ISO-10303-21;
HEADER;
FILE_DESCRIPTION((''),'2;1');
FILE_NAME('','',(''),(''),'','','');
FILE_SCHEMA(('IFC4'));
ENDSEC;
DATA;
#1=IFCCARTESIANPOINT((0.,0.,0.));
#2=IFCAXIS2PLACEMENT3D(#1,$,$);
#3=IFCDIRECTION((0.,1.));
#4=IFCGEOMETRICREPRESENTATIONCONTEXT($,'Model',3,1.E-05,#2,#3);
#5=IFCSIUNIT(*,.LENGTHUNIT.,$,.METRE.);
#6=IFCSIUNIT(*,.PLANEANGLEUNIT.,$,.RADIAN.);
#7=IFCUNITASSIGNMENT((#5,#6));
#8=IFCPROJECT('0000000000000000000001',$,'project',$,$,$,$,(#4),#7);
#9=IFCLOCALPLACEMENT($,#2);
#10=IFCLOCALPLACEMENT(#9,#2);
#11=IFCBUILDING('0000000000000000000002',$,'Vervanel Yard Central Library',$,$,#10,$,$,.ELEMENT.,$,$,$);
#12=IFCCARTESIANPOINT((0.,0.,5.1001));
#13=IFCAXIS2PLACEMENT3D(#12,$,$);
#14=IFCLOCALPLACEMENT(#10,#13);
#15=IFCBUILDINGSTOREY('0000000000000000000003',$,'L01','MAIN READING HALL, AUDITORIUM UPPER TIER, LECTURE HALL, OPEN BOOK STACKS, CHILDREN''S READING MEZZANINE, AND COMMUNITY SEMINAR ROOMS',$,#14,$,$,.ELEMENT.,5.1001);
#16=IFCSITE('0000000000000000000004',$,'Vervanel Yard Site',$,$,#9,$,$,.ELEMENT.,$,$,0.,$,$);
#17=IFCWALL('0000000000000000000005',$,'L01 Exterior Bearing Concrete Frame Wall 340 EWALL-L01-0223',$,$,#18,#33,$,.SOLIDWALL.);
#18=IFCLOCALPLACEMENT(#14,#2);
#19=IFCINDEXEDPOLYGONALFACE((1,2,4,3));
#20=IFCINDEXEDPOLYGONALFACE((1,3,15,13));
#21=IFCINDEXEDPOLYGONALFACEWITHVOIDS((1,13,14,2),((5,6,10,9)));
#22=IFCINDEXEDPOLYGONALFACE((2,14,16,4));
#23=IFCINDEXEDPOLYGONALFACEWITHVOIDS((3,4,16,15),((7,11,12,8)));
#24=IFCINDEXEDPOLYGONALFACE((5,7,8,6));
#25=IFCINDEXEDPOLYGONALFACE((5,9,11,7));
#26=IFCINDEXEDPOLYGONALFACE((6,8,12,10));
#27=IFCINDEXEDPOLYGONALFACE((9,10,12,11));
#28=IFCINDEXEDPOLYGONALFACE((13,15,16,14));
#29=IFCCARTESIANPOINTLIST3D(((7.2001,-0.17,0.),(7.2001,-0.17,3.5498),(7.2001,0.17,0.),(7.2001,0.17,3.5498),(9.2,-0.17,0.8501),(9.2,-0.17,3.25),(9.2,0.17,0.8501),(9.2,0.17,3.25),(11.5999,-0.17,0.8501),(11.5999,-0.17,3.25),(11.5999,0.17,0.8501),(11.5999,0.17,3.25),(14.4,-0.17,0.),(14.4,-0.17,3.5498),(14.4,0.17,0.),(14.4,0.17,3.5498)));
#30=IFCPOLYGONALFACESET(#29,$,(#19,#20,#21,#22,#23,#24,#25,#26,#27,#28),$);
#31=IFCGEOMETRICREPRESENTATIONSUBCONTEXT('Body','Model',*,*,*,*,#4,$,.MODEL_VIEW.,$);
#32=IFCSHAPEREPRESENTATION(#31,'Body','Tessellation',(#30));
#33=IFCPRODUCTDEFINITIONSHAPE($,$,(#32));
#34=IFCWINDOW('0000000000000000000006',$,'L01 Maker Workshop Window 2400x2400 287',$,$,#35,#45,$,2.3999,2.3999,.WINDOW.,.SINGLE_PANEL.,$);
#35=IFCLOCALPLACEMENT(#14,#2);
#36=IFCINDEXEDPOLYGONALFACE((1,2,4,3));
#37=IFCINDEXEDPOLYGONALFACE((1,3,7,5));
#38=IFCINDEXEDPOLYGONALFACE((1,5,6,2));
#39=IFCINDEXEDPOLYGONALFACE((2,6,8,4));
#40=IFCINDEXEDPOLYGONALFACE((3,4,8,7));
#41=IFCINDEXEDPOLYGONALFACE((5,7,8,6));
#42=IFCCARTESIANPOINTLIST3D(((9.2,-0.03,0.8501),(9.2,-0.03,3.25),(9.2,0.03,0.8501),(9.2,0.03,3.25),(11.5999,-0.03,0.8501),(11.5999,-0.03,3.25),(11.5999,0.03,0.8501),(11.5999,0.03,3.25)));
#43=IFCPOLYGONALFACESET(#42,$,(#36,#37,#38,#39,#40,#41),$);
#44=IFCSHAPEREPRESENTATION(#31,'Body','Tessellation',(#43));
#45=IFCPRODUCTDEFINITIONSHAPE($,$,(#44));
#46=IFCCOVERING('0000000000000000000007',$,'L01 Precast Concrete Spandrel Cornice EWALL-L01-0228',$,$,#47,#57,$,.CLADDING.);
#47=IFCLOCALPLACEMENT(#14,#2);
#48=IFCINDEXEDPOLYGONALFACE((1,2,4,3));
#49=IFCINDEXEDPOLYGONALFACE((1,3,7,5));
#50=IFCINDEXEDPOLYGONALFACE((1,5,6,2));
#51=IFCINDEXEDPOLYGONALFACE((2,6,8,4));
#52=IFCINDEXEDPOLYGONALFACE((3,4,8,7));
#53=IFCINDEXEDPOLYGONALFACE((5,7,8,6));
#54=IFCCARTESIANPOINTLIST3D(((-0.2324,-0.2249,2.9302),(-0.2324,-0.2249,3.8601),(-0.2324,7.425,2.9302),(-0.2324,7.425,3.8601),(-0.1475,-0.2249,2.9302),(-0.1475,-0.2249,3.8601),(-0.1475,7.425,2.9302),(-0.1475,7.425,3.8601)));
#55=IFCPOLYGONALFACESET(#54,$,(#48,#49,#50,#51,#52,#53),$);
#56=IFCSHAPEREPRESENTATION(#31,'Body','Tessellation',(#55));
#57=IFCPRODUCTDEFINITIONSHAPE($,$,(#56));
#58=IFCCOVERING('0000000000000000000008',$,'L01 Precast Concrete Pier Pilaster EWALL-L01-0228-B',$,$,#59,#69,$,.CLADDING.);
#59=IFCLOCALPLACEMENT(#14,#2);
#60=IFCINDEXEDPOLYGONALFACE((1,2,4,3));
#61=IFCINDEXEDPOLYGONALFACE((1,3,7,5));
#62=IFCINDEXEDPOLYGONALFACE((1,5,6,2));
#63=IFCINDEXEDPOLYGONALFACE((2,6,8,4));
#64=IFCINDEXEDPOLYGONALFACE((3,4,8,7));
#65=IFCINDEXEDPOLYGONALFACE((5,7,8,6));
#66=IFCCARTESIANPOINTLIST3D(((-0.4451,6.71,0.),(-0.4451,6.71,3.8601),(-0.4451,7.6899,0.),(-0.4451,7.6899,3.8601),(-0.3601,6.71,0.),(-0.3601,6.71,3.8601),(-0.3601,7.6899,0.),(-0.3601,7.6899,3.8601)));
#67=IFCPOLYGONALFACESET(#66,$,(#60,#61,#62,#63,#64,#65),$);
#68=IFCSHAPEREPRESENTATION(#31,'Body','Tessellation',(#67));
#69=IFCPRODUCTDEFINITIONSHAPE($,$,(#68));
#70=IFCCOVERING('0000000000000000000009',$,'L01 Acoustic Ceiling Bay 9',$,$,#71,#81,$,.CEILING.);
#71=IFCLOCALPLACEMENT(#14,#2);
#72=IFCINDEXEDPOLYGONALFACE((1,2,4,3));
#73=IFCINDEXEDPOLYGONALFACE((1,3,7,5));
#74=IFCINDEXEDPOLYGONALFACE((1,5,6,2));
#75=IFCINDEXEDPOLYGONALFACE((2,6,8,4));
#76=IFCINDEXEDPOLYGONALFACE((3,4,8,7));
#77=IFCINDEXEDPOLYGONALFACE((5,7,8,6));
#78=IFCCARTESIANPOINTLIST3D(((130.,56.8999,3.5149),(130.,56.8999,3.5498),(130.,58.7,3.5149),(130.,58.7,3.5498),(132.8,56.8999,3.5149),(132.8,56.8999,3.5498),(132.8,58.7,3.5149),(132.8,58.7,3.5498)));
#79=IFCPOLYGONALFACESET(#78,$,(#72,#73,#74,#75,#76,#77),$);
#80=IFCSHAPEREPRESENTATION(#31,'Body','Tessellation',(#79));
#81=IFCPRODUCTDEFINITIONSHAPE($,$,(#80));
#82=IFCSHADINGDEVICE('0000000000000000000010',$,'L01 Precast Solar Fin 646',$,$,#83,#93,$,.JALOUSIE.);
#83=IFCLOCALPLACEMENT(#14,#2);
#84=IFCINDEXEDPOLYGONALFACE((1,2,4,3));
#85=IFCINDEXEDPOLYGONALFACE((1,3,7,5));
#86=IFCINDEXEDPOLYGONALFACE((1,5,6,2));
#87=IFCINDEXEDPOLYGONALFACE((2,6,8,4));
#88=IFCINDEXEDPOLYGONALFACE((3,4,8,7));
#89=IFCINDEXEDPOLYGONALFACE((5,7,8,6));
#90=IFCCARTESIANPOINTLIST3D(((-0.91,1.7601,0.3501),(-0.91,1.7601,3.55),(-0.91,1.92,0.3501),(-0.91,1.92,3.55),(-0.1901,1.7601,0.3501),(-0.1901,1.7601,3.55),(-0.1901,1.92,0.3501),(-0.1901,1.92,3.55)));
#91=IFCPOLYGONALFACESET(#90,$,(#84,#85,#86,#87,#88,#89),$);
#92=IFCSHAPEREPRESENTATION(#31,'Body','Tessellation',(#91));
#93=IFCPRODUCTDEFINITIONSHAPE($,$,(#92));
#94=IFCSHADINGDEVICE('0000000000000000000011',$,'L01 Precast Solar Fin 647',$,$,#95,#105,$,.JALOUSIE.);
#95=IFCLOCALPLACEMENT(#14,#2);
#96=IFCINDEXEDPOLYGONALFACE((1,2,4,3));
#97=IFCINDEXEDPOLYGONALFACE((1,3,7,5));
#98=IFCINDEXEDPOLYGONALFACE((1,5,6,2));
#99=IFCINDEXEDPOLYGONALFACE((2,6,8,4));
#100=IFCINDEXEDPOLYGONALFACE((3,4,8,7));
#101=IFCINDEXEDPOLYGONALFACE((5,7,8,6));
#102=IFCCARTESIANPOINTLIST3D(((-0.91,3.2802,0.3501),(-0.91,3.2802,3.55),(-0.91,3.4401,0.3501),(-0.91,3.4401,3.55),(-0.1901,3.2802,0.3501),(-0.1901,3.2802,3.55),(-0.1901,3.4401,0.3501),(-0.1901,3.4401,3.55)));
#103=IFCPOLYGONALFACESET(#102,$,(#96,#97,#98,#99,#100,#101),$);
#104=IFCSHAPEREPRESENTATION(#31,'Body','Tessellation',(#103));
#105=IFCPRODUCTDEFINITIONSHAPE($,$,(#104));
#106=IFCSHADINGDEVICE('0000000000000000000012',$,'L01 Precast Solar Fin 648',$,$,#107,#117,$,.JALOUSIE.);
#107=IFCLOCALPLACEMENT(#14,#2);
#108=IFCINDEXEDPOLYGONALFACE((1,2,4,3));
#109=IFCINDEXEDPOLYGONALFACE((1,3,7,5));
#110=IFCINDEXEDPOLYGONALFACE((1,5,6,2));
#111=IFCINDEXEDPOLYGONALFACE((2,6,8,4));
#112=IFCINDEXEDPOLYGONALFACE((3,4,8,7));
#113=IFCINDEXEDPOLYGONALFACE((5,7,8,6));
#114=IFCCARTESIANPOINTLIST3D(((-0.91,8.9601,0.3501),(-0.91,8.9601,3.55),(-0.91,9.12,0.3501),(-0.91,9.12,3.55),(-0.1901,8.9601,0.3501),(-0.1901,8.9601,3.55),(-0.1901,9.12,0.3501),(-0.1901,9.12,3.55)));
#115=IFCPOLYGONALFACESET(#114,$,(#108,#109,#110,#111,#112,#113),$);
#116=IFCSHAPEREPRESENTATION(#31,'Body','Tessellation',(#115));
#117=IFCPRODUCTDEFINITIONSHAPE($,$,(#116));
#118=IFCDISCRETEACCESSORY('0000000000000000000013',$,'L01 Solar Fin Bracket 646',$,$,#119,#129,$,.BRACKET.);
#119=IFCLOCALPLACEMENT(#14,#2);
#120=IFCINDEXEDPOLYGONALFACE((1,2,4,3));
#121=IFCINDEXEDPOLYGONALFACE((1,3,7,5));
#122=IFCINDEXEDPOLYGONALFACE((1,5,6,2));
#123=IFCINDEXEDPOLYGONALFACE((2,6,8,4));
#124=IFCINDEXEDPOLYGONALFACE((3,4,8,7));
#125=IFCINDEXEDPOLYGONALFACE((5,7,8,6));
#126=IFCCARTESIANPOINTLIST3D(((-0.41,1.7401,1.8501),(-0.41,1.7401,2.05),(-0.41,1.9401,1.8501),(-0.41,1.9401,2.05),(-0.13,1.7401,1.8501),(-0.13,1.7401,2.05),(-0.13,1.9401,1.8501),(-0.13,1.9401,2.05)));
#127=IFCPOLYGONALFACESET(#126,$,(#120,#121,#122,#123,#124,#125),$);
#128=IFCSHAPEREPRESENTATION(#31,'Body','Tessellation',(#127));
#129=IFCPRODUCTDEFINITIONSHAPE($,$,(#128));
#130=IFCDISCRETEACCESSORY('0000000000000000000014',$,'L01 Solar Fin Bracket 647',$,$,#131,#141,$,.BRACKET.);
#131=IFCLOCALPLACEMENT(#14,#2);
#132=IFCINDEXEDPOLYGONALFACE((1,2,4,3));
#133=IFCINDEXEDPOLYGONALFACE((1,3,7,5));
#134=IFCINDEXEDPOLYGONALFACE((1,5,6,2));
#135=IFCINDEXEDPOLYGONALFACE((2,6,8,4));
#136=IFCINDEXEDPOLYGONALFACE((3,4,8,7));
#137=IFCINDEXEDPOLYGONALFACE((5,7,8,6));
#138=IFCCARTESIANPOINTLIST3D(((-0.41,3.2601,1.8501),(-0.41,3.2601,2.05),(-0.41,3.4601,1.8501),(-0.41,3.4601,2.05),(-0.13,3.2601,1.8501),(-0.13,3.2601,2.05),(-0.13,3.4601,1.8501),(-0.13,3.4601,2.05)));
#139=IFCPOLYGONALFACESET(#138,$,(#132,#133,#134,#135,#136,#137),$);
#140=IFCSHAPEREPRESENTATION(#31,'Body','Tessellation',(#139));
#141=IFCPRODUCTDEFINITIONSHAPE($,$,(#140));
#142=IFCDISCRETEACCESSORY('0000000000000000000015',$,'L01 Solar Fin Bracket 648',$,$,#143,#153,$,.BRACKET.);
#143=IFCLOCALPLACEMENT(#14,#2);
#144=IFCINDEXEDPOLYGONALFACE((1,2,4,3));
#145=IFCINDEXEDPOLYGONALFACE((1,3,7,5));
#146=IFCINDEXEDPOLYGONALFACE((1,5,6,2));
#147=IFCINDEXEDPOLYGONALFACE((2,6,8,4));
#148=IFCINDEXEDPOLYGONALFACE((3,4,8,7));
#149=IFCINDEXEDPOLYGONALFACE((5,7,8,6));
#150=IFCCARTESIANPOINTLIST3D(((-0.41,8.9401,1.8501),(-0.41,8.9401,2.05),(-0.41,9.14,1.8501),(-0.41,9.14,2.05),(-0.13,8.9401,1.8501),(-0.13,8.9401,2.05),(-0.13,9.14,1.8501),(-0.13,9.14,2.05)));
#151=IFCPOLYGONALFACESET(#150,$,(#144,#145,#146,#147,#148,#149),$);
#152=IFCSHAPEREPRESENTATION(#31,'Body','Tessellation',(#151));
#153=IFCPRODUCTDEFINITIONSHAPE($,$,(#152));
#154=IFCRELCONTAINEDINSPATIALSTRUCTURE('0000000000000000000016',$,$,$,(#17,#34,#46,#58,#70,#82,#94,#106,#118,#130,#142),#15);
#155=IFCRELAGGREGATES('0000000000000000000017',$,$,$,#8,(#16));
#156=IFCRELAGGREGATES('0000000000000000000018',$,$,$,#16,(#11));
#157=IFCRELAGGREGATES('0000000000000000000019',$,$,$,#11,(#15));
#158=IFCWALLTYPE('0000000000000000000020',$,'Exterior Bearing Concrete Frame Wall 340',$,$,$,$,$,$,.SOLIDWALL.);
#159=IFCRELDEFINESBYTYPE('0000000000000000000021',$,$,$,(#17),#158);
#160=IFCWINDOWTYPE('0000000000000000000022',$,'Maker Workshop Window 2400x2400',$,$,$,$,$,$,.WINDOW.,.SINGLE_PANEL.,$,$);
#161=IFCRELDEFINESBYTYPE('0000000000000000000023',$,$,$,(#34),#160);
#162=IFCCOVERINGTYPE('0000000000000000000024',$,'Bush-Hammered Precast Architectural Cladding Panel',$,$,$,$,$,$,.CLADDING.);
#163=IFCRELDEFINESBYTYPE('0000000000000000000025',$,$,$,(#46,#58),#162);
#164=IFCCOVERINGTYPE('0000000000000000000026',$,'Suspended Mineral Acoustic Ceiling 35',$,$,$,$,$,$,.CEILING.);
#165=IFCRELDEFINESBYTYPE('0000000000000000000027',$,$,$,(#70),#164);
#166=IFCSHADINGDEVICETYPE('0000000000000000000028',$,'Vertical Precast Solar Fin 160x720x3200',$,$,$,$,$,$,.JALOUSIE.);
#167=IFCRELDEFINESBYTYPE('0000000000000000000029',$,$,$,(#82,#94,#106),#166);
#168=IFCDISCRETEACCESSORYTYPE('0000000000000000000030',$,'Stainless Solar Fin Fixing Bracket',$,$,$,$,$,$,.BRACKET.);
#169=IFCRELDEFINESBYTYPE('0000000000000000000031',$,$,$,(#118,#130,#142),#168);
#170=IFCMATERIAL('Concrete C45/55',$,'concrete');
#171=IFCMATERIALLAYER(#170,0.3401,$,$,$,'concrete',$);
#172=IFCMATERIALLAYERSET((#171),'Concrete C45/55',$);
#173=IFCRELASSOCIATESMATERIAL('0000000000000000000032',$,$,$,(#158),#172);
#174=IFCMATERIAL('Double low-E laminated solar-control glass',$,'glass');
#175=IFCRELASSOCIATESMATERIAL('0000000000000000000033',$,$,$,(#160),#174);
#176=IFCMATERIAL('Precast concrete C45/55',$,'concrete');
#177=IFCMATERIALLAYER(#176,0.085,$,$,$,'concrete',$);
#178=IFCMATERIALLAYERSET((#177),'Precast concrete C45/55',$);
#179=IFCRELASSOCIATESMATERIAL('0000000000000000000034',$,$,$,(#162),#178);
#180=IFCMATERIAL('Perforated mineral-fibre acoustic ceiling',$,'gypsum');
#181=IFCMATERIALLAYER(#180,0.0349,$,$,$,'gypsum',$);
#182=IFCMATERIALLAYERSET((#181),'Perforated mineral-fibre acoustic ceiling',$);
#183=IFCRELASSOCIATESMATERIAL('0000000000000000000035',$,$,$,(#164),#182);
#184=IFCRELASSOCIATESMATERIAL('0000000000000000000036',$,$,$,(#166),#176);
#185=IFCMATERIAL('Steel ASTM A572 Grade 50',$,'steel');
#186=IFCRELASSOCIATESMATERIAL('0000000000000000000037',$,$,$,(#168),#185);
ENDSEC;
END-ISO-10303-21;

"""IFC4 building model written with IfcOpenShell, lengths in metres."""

from ifc_helpers import new_model, si_unit, direction, frame, frame_2d, origin, origin_2d, place, context, subcontext, project, spatial, polyline, rectangle, outline, extrude, material, layer, layer_set, type_object, element, fill, save


model = new_model("IFC4")

# Units and contexts
model_context = context("Model", 3, precision=1e-05, world=origin(), true_north=direction((0.0, 1.0)))
body_context = subcontext(model_context, "Body", "Model", "MODEL_VIEW")
ifc_project = project(units=[si_unit("LENGTHUNIT", "METRE"), si_unit("PLANEANGLEUNIT", "RADIAN")], contexts=[model_context])

# Site, building, storey
site_placement = place(None, origin())
site = spatial("IfcSite", under=ifc_project, at=site_placement, Name="Vervanel Yard Site", CompositionType="ELEMENT", RefElevation=0.0)
building_placement = place(site_placement, origin())
building = spatial("IfcBuilding", under=site, at=building_placement, Name="Vervanel Yard Central Library", CompositionType="ELEMENT")
storey_placement = place(building_placement, frame((0.0, 0.0, 5.1001)))
storey = spatial("IfcBuildingStorey", under=building, at=storey_placement, Name="L01", Description="MAIN READING HALL, AUDITORIUM UPPER TIER, LECTURE HALL, OPEN BOOK STACKS, CHILDREN'S READING MEZZANINE, AND COMMUNITY SEMINAR ROOMS", CompositionType="ELEMENT", Elevation=5.1001)

# Wall, opening, window
ifc_material_1 = material(Name="Precast concrete C45/55", Category="concrete")
ifc_material_2 = material(Name="Double low-E laminated solar-control glass", Category="glass")
ifc_material_3 = material(Name="Concrete C45/55", Category="concrete")
ifc_layer_1 = layer(ifc_material_3, 0.3401, Category="concrete")
ifc_layer_set_1 = layer_set([ifc_layer_1], Name="Concrete C45/55")
wall_type_1 = type_object("IfcWallType", Name="Exterior Bearing Concrete Frame Wall 340", PredefinedType="SOLIDWALL", material=ifc_layer_set_1)
wall_1_placement = place(storey_placement, frame((7.2, 0.0, 0.0), z_axis=(0.0, 0.0, 1.0), x_axis=(1.0, 0.0, 0.0)))
wall_1 = element("IfcWall", 1, at=wall_1_placement, inside=storey, type_object=wall_type_1, Name="L01 Exterior Bearing Concrete Frame Wall 340 EWALL-L01-0223", PredefinedType="SOLIDWALL", context=body_context, shape_type="SweptSolid", body=[
    extrude(rectangle(XDim=7.2, YDim=0.3401, at=frame_2d((3.6001, 0.0))), origin(), (0.0, 0.0, 1.0), 3.5498),
])
opening_1_placement = place(wall_1_placement, frame((2.0, 0.0, 0.8501)))
opening_1 = element("IfcOpeningElement", 2, at=opening_1_placement, cuts=wall_1, PredefinedType="OPENING", context=body_context, shape_type="SweptSolid", body=[
    extrude(rectangle(XDim=2.3999, YDim=2.3999, at=frame_2d((1.2, 1.2))), frame((0.0, 0.1799, 0.0), z_axis=(0.0, -1.0, 0.0), x_axis=(1.0, 0.0, 0.0)), (0.0, 0.0, 1.0), 0.3601),
])
window_type_1 = type_object("IfcWindowType", Name="Maker Workshop Window 2400x2400", PartitioningType="SINGLE_PANEL", PredefinedType="WINDOW", material=ifc_material_2)
window_1_placement = place(opening_1_placement, origin())
window_1 = element("IfcWindow", 3, at=window_1_placement, inside=storey, type_object=window_type_1, Name="L01 Maker Workshop Window 2400x2400 287", OverallHeight=2.3999, OverallWidth=2.3999, PartitioningType="SINGLE_PANEL", PredefinedType="WINDOW", context=body_context, shape_type="SweptSolid", body=[
    extrude(rectangle(XDim=2.3999, YDim=2.3999, at=frame_2d((1.2, 1.2))), frame((0.0, 0.03, 0.0), z_axis=(0.0, -1.0, 0.0), x_axis=(1.0, 0.0, 0.0)), (0.0, 0.0, 1.0), 0.0601),
])
fill(opening_1, window_1)

# Coverings
ifc_layer_2 = layer(ifc_material_1, 0.085, Category="concrete")
ifc_layer_set_2 = layer_set([ifc_layer_2], Name="Precast concrete C45/55")
covering_type_1 = type_object("IfcCoveringType", Name="Bush-Hammered Precast Architectural Cladding Panel", PredefinedType="CLADDING", material=ifc_layer_set_2)
covering_1_placement = place(storey_placement, frame((-0.1899, 3.6001, 2.9302), z_axis=(0.0, 0.0, 1.0), x_axis=(0.0, 1.0, 0.0)))
element("IfcCovering", 4, at=covering_1_placement, inside=storey, type_object=covering_type_1, Name="L01 Precast Concrete Spandrel Cornice EWALL-L01-0228", PredefinedType="CLADDING", context=body_context, shape_type="SweptSolid", body=[
    extrude(rectangle(XDim=7.6499, YDim=0.085, at=origin_2d()), origin(), (0.0, 0.0, 1.0), 0.9299),
])
covering_2_placement = place(storey_placement, frame((-0.4026, 7.2, 0.0), z_axis=(0.0, 0.0, 1.0), x_axis=(0.0, 1.0, 0.0)))
element("IfcCovering", 5, at=covering_2_placement, inside=storey, type_object=covering_type_1, Name="L01 Precast Concrete Pier Pilaster EWALL-L01-0228-B", PredefinedType="CLADDING", context=body_context, shape_type="SweptSolid", body=[
    extrude(rectangle(XDim=0.98, YDim=0.085, at=origin_2d()), origin(), (0.0, 0.0, 1.0), 3.8601),
])
ifc_material_4 = material(Name="Perforated mineral-fibre acoustic ceiling", Category="gypsum")
ifc_layer_3 = layer(ifc_material_4, 0.0349, Category="gypsum")
ifc_layer_set_3 = layer_set([ifc_layer_3], Name="Perforated mineral-fibre acoustic ceiling")
covering_type_2 = type_object("IfcCoveringType", Name="Suspended Mineral Acoustic Ceiling 35", PredefinedType="CEILING", material=ifc_layer_set_3)
covering_3_placement = place(storey_placement, frame((0.0, 0.0, 3.5149)))
element("IfcCovering", 6, at=covering_3_placement, inside=storey, type_object=covering_type_2, Name="L01 Acoustic Ceiling Bay 9", PredefinedType="CEILING", context=body_context, shape_type="SweptSolid", body=[
    extrude(outline(polyline([(130.0, 56.8999), (132.8, 56.8999), (132.8, 58.7), (130.0, 58.7), (130.0, 56.8999)])), origin(), (0.0, 0.0, 1.0), 0.0349),
])

# Shading devices
shading_device_type = type_object("IfcShadingDeviceType", Name="Vertical Precast Solar Fin 160x720x3200", PredefinedType="JALOUSIE", material=ifc_material_1)
for number, where, z_axis, x_axis, name in (
    (7, (-0.55, 1.8401, 0.3501), (0.0, 0.0, 1.0), (0.0, 1.0, 0.0), "L01 Precast Solar Fin 646"),
    (8, (-0.55, 3.3601, 0.3501), (0.0, 0.0, 1.0), (0.0, 1.0, 0.0), "L01 Precast Solar Fin 647"),
    (9, (-0.55, 9.04, 0.3501), (0.0, 0.0, 1.0), (0.0, 1.0, 0.0), "L01 Precast Solar Fin 648"),
):
    element("IfcShadingDevice", number, at=place(storey_placement, frame(where, z_axis=z_axis, x_axis=x_axis)), inside=storey, type_object=shading_device_type, Name=name, PredefinedType="JALOUSIE", context=body_context, shape_type="SweptSolid", body=[
        extrude(rectangle(XDim=0.1599, YDim=0.72, at=origin_2d()), origin(), (0.0, 0.0, 1.0), 3.2),
    ])

# Discrete accessories
ifc_material_5 = material(Name="Steel ASTM A572 Grade 50", Category="steel")
discrete_accessory_type = type_object("IfcDiscreteAccessoryType", Name="Stainless Solar Fin Fixing Bracket", PredefinedType="BRACKET", material=ifc_material_5)
for number, where, z_axis, x_axis, name in (
    (10, (-0.27, 1.8401, 1.8501), (0.0, 0.0, 1.0), (0.0, 1.0, 0.0), "L01 Solar Fin Bracket 646"),
    (11, (-0.27, 3.3601, 1.8501), (0.0, 0.0, 1.0), (0.0, 1.0, 0.0), "L01 Solar Fin Bracket 647"),
    (12, (-0.27, 9.04, 1.8501), (0.0, 0.0, 1.0), (0.0, 1.0, 0.0), "L01 Solar Fin Bracket 648"),
):
    element("IfcDiscreteAccessory", number, at=place(storey_placement, frame(where, z_axis=z_axis, x_axis=x_axis)), inside=storey, type_object=discrete_accessory_type, Name=name, PredefinedType="BRACKET", context=body_context, shape_type="SweptSolid", body=[
        extrude(rectangle(XDim=0.2, YDim=0.28, at=origin_2d()), origin(), (0.0, 0.0, 1.0), 0.2),
    ])

save(model, "model.ifc")
